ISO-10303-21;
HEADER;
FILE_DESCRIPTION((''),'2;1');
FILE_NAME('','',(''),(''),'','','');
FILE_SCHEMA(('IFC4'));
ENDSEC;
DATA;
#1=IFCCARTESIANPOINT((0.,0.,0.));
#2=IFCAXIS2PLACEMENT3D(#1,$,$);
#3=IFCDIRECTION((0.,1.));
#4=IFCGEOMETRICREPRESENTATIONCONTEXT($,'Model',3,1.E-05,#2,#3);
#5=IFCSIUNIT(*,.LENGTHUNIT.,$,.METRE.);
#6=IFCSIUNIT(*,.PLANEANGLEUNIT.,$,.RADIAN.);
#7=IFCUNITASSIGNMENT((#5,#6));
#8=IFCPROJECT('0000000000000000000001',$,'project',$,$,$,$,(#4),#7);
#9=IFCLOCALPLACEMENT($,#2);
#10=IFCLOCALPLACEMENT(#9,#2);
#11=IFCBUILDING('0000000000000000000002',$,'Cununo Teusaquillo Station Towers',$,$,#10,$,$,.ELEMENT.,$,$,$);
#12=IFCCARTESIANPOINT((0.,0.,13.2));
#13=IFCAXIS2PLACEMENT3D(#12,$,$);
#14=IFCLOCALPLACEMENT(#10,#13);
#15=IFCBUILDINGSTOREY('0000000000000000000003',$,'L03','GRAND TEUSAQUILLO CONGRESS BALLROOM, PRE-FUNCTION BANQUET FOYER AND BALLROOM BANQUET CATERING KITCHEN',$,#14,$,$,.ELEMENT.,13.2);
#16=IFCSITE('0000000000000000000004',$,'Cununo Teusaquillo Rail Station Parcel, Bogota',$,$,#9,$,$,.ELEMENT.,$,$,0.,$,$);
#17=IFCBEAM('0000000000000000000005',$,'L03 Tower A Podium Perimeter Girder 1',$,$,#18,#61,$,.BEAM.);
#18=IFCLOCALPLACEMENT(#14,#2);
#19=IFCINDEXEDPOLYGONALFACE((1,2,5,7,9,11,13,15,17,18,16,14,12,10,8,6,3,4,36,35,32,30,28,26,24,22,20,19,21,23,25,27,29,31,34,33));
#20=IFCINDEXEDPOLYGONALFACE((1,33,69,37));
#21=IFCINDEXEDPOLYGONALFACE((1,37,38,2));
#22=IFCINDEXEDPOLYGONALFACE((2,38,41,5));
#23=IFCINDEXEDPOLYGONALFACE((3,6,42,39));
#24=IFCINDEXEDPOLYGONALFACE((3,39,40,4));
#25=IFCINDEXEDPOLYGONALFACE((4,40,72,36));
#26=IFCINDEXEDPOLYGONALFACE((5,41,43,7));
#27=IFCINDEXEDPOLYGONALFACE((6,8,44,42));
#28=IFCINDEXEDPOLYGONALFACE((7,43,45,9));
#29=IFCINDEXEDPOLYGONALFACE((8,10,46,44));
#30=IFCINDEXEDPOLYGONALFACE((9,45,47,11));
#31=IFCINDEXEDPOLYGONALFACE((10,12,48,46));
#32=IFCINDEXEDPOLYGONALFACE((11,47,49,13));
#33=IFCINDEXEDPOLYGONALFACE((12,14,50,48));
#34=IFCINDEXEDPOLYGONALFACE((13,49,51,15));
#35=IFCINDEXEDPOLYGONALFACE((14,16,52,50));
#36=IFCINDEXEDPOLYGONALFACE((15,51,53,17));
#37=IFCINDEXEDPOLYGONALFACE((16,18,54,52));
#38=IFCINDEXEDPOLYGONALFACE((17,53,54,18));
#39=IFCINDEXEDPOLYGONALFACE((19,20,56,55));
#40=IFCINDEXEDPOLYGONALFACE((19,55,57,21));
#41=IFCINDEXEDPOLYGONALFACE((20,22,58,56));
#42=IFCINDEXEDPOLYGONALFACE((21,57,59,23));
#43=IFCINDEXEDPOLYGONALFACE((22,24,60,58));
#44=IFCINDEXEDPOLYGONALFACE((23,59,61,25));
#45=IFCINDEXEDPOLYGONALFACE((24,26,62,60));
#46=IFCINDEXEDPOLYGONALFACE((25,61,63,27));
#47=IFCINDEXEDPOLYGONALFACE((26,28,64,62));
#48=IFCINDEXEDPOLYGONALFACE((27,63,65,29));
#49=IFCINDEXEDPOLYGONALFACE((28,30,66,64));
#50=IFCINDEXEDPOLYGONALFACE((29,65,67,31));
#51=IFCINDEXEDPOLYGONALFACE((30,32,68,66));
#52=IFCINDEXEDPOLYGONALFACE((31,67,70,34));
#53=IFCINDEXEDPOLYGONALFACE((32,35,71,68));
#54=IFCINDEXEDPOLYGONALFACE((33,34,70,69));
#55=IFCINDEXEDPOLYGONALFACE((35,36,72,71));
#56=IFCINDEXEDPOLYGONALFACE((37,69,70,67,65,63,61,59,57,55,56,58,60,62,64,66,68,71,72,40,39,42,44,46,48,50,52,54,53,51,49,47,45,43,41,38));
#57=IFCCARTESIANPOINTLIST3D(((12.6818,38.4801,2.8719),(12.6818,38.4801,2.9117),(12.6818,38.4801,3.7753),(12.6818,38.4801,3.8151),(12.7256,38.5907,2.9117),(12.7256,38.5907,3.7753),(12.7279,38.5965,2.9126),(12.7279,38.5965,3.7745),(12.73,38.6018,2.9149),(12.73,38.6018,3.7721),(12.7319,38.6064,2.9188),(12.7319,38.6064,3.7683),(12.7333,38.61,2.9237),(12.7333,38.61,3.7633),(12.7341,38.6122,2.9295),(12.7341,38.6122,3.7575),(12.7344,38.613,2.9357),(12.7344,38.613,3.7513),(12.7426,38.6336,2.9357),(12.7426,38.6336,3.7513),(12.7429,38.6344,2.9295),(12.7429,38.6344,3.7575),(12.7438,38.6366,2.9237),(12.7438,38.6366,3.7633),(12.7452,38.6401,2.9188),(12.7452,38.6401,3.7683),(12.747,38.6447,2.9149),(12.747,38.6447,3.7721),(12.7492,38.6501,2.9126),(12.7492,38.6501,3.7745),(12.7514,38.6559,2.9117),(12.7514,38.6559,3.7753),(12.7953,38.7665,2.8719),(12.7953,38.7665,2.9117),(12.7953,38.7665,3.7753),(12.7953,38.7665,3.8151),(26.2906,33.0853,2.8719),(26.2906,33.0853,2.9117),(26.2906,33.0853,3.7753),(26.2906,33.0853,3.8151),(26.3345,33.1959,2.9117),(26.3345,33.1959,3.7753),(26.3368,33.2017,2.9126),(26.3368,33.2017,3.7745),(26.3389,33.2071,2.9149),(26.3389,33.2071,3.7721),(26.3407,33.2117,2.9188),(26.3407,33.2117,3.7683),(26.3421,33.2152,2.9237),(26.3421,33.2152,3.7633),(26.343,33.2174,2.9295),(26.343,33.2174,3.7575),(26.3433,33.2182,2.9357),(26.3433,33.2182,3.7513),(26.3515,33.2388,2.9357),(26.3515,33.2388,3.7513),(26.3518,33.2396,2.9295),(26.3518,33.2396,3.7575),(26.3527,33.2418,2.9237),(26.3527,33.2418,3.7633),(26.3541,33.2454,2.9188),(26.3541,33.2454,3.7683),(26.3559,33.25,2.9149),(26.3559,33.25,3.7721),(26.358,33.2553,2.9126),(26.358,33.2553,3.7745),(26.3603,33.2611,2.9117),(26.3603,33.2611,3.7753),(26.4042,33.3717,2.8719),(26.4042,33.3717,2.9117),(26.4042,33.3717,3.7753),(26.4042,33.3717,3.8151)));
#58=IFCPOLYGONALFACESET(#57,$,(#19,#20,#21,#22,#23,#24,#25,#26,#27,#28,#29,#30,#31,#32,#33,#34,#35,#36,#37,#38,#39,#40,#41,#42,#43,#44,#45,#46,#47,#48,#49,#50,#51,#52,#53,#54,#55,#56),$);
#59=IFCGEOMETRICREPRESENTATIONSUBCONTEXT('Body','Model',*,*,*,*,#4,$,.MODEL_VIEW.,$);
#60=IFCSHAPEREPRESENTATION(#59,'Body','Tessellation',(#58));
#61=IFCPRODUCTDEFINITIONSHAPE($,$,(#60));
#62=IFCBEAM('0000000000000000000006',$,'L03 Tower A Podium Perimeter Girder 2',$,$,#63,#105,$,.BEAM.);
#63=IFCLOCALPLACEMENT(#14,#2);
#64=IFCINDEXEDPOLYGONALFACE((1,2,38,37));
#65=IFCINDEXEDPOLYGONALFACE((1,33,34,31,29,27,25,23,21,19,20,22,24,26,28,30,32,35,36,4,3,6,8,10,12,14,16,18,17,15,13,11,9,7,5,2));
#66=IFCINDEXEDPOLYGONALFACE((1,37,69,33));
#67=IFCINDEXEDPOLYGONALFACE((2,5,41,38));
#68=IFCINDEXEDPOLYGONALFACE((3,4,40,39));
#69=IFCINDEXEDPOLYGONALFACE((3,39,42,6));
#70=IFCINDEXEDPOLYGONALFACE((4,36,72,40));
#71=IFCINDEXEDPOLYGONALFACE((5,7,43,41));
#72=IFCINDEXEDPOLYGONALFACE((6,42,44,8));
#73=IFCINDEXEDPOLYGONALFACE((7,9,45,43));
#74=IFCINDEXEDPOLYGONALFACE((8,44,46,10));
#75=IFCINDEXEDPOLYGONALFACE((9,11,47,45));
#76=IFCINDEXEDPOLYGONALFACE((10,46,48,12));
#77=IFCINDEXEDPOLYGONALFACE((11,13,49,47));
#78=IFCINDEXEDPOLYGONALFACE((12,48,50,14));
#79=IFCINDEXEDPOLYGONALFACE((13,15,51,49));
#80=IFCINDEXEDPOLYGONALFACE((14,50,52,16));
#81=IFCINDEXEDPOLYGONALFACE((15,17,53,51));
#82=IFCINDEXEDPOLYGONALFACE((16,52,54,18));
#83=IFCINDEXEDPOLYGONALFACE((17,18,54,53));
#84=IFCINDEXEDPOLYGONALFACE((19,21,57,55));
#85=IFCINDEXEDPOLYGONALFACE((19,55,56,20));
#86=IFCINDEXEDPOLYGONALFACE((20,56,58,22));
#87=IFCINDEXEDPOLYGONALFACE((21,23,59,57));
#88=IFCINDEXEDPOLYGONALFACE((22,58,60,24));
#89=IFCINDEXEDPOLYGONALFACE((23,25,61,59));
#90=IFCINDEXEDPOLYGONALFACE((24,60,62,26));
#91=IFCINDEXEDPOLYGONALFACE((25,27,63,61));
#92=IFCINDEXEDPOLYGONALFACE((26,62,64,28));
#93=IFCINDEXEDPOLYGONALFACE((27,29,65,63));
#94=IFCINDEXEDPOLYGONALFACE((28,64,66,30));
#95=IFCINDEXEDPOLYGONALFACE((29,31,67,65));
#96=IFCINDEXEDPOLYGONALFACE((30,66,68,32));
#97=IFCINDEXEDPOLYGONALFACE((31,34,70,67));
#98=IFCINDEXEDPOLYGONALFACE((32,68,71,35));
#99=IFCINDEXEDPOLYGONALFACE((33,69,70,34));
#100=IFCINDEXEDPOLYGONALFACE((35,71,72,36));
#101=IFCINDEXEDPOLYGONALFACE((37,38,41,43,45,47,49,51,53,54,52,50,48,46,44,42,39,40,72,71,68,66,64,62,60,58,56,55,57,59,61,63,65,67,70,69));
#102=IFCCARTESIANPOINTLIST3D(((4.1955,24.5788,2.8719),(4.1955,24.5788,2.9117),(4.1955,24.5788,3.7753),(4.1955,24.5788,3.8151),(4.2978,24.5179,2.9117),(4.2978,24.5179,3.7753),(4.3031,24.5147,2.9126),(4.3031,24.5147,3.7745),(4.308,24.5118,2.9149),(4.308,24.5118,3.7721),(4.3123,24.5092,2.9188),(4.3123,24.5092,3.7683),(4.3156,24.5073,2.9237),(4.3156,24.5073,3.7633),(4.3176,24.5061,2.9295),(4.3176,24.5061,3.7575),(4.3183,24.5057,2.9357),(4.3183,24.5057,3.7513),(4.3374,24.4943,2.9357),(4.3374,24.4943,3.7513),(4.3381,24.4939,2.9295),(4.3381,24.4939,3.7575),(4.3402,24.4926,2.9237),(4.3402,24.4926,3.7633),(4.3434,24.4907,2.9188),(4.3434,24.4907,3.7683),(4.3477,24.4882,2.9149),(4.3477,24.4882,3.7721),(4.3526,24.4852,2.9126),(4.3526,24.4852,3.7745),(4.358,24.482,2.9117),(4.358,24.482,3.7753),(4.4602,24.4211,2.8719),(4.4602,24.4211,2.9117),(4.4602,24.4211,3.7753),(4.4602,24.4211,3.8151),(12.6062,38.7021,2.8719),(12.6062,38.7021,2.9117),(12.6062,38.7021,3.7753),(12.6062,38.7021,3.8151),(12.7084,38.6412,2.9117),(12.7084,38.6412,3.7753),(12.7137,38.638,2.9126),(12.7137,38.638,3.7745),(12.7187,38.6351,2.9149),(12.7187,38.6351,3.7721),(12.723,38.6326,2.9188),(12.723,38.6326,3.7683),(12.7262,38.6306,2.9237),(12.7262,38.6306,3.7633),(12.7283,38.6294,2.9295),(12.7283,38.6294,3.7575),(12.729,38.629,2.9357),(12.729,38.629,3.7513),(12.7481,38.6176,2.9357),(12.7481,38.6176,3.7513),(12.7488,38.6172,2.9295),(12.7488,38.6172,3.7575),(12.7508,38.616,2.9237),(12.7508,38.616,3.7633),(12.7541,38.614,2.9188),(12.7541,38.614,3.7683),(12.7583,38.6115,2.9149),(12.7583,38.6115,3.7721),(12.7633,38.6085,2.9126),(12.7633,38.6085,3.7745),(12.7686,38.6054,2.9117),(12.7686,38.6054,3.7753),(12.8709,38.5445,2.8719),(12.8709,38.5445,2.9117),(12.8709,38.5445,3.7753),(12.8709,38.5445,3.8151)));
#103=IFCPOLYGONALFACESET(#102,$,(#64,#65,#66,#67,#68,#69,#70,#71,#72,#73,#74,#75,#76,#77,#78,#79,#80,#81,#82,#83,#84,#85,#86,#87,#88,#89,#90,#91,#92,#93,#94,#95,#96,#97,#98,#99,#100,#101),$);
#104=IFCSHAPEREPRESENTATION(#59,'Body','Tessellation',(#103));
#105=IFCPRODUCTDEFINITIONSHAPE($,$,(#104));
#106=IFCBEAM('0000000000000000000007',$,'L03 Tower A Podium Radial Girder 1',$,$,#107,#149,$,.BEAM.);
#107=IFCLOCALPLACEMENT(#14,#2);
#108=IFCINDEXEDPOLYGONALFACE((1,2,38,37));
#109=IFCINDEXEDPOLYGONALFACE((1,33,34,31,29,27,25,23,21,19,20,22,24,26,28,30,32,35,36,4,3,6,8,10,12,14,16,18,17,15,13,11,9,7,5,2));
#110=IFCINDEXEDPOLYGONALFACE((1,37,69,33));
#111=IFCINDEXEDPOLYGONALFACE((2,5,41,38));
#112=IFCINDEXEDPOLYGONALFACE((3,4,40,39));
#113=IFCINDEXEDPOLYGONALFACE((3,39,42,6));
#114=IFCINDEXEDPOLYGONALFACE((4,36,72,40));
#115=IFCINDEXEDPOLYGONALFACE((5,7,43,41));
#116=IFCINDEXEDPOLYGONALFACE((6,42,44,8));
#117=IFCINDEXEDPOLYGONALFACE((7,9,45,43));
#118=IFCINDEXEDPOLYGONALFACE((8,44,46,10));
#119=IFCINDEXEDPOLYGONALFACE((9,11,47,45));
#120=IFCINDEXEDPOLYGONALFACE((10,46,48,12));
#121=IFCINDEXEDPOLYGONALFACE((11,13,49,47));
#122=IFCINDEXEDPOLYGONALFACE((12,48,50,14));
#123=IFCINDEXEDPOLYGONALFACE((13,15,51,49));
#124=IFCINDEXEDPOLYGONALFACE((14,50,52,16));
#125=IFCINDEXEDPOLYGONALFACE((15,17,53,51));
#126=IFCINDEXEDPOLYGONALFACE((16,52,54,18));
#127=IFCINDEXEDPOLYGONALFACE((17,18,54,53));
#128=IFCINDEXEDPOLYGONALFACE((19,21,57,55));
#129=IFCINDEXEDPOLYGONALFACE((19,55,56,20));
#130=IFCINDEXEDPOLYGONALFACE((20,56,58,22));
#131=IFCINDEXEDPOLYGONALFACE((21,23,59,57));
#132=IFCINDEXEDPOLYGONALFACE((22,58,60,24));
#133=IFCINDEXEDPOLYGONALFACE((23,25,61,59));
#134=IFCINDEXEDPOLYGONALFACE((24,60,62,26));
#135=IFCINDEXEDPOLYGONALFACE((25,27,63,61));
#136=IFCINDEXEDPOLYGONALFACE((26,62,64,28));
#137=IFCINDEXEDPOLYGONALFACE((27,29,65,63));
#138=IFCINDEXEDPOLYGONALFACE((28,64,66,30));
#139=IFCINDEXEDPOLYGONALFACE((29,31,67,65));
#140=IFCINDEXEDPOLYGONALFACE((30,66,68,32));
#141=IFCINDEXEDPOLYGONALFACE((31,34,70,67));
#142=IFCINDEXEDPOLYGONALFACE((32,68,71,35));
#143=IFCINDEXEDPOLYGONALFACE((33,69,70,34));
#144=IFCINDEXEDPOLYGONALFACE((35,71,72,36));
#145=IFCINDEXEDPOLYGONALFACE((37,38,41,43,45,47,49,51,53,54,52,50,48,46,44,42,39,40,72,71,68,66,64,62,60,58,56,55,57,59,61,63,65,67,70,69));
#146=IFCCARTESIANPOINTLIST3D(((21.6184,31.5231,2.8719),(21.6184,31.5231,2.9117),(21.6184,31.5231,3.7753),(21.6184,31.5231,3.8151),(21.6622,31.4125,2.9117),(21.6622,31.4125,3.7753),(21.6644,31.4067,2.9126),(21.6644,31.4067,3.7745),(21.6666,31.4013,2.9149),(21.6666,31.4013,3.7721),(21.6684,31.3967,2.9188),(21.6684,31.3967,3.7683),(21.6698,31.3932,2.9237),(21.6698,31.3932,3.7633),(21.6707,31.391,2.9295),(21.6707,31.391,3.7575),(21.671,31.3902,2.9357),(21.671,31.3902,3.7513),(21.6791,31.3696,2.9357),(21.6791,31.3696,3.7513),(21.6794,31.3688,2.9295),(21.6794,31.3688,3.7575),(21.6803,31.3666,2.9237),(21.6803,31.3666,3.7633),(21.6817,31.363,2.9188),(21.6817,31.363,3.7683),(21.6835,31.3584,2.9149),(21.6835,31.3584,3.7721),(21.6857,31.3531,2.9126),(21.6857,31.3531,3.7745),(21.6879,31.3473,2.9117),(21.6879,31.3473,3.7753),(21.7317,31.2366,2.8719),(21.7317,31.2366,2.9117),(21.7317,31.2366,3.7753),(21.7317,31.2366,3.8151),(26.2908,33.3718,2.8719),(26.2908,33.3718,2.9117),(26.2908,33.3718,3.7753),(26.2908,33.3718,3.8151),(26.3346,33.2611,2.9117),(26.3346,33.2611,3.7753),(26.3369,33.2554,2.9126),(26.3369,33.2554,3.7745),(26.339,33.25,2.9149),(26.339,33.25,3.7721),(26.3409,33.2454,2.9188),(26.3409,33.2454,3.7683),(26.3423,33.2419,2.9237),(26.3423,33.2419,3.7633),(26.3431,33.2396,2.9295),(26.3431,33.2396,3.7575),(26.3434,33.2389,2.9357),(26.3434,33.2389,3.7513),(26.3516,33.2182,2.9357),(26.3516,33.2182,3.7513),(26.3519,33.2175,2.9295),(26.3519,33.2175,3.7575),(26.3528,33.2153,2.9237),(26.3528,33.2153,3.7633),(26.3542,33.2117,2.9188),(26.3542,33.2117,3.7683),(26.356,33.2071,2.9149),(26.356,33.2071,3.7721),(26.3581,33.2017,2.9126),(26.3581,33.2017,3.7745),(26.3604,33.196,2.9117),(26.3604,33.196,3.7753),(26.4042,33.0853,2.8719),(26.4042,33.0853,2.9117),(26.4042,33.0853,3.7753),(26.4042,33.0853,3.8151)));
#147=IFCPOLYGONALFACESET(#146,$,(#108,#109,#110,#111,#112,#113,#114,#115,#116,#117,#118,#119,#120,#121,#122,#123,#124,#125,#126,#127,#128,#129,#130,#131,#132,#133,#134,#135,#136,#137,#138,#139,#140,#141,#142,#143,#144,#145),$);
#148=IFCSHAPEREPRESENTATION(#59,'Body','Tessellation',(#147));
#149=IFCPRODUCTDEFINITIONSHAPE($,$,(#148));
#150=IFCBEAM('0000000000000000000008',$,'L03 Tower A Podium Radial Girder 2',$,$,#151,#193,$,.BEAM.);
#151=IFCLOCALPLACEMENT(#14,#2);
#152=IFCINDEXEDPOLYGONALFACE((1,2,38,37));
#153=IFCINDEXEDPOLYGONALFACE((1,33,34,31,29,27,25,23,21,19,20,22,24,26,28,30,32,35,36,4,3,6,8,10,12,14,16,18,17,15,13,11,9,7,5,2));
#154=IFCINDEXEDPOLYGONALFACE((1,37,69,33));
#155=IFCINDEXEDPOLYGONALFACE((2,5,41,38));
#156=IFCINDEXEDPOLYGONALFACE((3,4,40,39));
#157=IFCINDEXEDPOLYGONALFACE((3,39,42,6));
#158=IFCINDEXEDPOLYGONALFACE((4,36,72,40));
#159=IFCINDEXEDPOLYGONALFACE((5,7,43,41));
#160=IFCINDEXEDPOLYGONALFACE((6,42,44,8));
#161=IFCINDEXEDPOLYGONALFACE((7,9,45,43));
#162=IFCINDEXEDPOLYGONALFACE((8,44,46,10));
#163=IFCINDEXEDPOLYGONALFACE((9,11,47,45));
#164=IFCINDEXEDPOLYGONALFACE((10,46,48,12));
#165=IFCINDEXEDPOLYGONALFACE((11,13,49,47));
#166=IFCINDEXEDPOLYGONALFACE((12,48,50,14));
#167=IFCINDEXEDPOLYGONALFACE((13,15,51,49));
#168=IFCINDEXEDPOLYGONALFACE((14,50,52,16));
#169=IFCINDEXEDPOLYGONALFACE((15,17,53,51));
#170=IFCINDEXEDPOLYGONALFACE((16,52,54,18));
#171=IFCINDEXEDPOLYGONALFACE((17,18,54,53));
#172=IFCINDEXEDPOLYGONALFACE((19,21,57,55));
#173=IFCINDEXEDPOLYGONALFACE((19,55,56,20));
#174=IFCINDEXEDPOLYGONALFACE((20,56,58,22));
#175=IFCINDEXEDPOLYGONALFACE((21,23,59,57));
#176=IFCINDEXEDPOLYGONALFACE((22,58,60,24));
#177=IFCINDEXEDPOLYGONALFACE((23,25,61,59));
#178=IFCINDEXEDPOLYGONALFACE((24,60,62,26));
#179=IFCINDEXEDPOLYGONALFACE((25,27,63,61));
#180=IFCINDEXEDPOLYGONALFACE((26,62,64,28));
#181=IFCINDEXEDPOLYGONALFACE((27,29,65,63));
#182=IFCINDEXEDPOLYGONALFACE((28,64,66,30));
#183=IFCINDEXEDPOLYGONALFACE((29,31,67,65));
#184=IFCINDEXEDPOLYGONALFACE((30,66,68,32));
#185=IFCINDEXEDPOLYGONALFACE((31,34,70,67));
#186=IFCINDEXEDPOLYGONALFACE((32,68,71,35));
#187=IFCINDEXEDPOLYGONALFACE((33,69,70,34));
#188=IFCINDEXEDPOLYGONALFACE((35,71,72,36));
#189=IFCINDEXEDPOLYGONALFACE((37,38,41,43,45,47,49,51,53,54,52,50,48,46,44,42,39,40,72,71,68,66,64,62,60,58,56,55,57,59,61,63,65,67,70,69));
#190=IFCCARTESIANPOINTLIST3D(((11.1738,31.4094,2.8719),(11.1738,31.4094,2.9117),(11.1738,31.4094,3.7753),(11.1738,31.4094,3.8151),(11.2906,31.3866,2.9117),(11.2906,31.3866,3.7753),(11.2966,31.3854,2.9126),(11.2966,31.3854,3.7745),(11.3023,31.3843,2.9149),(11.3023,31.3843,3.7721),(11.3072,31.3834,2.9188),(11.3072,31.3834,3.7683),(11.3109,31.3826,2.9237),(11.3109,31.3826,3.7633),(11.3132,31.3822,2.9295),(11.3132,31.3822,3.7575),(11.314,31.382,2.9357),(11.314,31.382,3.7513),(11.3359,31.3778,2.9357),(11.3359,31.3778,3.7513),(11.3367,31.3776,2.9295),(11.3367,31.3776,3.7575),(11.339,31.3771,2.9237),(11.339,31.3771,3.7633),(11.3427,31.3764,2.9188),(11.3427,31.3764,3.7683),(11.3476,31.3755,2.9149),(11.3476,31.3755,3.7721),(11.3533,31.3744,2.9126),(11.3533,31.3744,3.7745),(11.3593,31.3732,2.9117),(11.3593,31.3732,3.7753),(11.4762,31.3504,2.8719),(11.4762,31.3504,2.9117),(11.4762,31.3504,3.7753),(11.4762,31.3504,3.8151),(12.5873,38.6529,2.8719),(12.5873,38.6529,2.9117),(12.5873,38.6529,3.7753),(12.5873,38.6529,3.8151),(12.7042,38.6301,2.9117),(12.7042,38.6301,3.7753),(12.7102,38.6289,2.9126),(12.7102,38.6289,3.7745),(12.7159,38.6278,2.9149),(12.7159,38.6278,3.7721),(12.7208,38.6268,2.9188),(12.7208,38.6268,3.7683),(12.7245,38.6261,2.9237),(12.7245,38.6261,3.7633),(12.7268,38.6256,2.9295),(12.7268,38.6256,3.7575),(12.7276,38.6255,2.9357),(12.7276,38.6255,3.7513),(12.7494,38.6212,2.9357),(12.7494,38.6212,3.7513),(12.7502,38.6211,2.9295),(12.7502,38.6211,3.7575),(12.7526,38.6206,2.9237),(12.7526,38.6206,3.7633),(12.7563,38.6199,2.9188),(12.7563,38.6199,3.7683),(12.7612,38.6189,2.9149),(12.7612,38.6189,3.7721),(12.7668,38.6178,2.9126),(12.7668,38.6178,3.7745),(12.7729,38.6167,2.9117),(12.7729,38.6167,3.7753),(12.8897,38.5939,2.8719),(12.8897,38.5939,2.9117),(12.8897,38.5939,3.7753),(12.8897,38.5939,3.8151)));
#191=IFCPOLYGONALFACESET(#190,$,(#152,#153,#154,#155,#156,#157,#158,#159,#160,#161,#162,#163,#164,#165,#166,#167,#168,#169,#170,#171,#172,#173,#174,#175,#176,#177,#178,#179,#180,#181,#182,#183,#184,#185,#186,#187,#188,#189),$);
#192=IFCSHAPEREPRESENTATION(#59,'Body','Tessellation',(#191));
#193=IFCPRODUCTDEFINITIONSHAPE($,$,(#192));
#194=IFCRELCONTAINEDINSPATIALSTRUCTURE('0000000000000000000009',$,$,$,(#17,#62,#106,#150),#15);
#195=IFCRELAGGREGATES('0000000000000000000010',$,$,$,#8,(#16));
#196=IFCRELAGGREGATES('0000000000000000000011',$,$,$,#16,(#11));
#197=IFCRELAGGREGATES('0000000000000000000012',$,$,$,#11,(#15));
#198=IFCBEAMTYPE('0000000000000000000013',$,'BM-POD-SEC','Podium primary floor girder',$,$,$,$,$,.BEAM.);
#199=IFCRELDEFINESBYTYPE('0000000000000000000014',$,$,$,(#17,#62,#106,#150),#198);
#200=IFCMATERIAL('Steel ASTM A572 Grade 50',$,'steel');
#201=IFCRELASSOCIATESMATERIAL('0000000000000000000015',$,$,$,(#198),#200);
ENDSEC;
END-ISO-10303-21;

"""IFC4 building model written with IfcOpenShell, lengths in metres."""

from ifc_helpers import new_model, si_unit, direction, frame, origin, origin_2d, place, context, subcontext, project, spatial, i_section, extrude, material, material_profile, profile_set, type_object, element, save


model = new_model("IFC4")

# Units and contexts
model_context = context("Model", 3, precision=1e-05, world=origin(), true_north=direction((0.0, 1.0)))
body_context = subcontext(model_context, "Body", "Model", "MODEL_VIEW")
ifc_project = project(units=[si_unit("LENGTHUNIT", "METRE"), si_unit("PLANEANGLEUNIT", "RADIAN")], contexts=[model_context])

# Site, building, storey
site_placement = place(None, origin())
site = spatial("IfcSite", under=ifc_project, at=site_placement, Name="Cununo Teusaquillo Rail Station Parcel, Bogota", CompositionType="ELEMENT", RefElevation=0.0)
building_placement = place(site_placement, origin())
building = spatial("IfcBuilding", under=site, at=building_placement, Name="Cununo Teusaquillo Station Towers", CompositionType="ELEMENT")
storey_placement = place(building_placement, frame((0.0, 0.0, 13.2)))
storey = spatial("IfcBuildingStorey", under=building, at=storey_placement, Name="L03", Description="GRAND TEUSAQUILLO CONGRESS BALLROOM, PRE-FUNCTION BANQUET FOYER AND BALLROOM BANQUET CATERING KITCHEN", CompositionType="ELEMENT", Elevation=13.2)

# Beams
ifc_material_1 = material(Name="Steel ASTM A572 Grade 50", Category="steel")
ifc_material_profile_1 = material_profile(ifc_material_1, i_section(OverallWidth=0.3081, OverallDepth=0.9431, WebThickness=0.0222, FlangeThickness=0.0398, FilletRadius=0.0239, at=origin_2d()), Name="W36X232")
ifc_profile_set_1 = profile_set([ifc_material_profile_1], Name="Steel ASTM A572 Grade 50")
beam_type_1 = type_object("IfcBeamType", Name="BM-POD-SEC", Description="Podium primary floor girder", PredefinedType="BEAM", material=ifc_profile_set_1)
beam_1_placement = place(storey_placement, frame((26.3474, 33.2285, 3.3435), z_axis=(-0.929621, 0.368516, 0.0), x_axis=(-0.368516, -0.929621, 0.0)))
element("IfcBeam", 1, at=beam_1_placement, inside=storey, type_object=beam_type_1, Name="L03 Tower A Podium Perimeter Girder 1", PredefinedType="BEAM", context=body_context, shape_type="SweptSolid", body=[
    extrude(i_section(OverallWidth=0.3081, OverallDepth=0.9431, WebThickness=0.0222, FlangeThickness=0.0398, FilletRadius=0.0239, at=origin_2d()), origin(), (0.0, 0.0, 1.0), 14.6392),
])
beam_2_placement = place(storey_placement, frame((12.7385, 38.6233, 3.3435), z_axis=(-0.51166, -0.859188, 0.0), x_axis=(0.859188, -0.51166, 0.0)))
element("IfcBeam", 2, at=beam_2_placement, inside=storey, type_object=beam_type_1, Name="L03 Tower A Podium Perimeter Girder 2", PredefinedType="BEAM", context=body_context, shape_type="SweptSolid", body=[
    extrude(i_section(OverallWidth=0.3081, OverallDepth=0.9431, WebThickness=0.0222, FlangeThickness=0.0398, FilletRadius=0.0239, at=origin_2d()), origin(), (0.0, 0.0, 1.0), 16.438),
])
beam_3_placement = place(storey_placement, frame((21.675, 31.3799, 3.3435), z_axis=(0.929864, 0.367903, 0.0), x_axis=(-0.367903, 0.929864, 0.0)))
element("IfcBeam", 3, at=beam_3_placement, inside=storey, type_object=beam_type_1, Name="L03 Tower A Podium Radial Girder 1", PredefinedType="BEAM", context=body_context, shape_type="SweptSolid", body=[
    extrude(i_section(OverallWidth=0.3081, OverallDepth=0.9431, WebThickness=0.0222, FlangeThickness=0.0398, FilletRadius=0.0239, at=origin_2d()), origin(), (0.0, 0.0, 1.0), 5.0249),
])
beam_4_placement = place(storey_placement, frame((11.325, 31.3799, 3.3435), z_axis=(0.19154, 0.981485, 0.0), x_axis=(-0.981485, 0.19154, 0.0)))
element("IfcBeam", 4, at=beam_4_placement, inside=storey, type_object=beam_type_1, Name="L03 Tower A Podium Radial Girder 2", PredefinedType="BEAM", context=body_context, shape_type="SweptSolid", body=[
    extrude(i_section(OverallWidth=0.3081, OverallDepth=0.9431, WebThickness=0.0222, FlangeThickness=0.0398, FilletRadius=0.0239, at=origin_2d()), origin(), (0.0, 0.0, 1.0), 7.3801),
])

save(model, "model.ifc")
